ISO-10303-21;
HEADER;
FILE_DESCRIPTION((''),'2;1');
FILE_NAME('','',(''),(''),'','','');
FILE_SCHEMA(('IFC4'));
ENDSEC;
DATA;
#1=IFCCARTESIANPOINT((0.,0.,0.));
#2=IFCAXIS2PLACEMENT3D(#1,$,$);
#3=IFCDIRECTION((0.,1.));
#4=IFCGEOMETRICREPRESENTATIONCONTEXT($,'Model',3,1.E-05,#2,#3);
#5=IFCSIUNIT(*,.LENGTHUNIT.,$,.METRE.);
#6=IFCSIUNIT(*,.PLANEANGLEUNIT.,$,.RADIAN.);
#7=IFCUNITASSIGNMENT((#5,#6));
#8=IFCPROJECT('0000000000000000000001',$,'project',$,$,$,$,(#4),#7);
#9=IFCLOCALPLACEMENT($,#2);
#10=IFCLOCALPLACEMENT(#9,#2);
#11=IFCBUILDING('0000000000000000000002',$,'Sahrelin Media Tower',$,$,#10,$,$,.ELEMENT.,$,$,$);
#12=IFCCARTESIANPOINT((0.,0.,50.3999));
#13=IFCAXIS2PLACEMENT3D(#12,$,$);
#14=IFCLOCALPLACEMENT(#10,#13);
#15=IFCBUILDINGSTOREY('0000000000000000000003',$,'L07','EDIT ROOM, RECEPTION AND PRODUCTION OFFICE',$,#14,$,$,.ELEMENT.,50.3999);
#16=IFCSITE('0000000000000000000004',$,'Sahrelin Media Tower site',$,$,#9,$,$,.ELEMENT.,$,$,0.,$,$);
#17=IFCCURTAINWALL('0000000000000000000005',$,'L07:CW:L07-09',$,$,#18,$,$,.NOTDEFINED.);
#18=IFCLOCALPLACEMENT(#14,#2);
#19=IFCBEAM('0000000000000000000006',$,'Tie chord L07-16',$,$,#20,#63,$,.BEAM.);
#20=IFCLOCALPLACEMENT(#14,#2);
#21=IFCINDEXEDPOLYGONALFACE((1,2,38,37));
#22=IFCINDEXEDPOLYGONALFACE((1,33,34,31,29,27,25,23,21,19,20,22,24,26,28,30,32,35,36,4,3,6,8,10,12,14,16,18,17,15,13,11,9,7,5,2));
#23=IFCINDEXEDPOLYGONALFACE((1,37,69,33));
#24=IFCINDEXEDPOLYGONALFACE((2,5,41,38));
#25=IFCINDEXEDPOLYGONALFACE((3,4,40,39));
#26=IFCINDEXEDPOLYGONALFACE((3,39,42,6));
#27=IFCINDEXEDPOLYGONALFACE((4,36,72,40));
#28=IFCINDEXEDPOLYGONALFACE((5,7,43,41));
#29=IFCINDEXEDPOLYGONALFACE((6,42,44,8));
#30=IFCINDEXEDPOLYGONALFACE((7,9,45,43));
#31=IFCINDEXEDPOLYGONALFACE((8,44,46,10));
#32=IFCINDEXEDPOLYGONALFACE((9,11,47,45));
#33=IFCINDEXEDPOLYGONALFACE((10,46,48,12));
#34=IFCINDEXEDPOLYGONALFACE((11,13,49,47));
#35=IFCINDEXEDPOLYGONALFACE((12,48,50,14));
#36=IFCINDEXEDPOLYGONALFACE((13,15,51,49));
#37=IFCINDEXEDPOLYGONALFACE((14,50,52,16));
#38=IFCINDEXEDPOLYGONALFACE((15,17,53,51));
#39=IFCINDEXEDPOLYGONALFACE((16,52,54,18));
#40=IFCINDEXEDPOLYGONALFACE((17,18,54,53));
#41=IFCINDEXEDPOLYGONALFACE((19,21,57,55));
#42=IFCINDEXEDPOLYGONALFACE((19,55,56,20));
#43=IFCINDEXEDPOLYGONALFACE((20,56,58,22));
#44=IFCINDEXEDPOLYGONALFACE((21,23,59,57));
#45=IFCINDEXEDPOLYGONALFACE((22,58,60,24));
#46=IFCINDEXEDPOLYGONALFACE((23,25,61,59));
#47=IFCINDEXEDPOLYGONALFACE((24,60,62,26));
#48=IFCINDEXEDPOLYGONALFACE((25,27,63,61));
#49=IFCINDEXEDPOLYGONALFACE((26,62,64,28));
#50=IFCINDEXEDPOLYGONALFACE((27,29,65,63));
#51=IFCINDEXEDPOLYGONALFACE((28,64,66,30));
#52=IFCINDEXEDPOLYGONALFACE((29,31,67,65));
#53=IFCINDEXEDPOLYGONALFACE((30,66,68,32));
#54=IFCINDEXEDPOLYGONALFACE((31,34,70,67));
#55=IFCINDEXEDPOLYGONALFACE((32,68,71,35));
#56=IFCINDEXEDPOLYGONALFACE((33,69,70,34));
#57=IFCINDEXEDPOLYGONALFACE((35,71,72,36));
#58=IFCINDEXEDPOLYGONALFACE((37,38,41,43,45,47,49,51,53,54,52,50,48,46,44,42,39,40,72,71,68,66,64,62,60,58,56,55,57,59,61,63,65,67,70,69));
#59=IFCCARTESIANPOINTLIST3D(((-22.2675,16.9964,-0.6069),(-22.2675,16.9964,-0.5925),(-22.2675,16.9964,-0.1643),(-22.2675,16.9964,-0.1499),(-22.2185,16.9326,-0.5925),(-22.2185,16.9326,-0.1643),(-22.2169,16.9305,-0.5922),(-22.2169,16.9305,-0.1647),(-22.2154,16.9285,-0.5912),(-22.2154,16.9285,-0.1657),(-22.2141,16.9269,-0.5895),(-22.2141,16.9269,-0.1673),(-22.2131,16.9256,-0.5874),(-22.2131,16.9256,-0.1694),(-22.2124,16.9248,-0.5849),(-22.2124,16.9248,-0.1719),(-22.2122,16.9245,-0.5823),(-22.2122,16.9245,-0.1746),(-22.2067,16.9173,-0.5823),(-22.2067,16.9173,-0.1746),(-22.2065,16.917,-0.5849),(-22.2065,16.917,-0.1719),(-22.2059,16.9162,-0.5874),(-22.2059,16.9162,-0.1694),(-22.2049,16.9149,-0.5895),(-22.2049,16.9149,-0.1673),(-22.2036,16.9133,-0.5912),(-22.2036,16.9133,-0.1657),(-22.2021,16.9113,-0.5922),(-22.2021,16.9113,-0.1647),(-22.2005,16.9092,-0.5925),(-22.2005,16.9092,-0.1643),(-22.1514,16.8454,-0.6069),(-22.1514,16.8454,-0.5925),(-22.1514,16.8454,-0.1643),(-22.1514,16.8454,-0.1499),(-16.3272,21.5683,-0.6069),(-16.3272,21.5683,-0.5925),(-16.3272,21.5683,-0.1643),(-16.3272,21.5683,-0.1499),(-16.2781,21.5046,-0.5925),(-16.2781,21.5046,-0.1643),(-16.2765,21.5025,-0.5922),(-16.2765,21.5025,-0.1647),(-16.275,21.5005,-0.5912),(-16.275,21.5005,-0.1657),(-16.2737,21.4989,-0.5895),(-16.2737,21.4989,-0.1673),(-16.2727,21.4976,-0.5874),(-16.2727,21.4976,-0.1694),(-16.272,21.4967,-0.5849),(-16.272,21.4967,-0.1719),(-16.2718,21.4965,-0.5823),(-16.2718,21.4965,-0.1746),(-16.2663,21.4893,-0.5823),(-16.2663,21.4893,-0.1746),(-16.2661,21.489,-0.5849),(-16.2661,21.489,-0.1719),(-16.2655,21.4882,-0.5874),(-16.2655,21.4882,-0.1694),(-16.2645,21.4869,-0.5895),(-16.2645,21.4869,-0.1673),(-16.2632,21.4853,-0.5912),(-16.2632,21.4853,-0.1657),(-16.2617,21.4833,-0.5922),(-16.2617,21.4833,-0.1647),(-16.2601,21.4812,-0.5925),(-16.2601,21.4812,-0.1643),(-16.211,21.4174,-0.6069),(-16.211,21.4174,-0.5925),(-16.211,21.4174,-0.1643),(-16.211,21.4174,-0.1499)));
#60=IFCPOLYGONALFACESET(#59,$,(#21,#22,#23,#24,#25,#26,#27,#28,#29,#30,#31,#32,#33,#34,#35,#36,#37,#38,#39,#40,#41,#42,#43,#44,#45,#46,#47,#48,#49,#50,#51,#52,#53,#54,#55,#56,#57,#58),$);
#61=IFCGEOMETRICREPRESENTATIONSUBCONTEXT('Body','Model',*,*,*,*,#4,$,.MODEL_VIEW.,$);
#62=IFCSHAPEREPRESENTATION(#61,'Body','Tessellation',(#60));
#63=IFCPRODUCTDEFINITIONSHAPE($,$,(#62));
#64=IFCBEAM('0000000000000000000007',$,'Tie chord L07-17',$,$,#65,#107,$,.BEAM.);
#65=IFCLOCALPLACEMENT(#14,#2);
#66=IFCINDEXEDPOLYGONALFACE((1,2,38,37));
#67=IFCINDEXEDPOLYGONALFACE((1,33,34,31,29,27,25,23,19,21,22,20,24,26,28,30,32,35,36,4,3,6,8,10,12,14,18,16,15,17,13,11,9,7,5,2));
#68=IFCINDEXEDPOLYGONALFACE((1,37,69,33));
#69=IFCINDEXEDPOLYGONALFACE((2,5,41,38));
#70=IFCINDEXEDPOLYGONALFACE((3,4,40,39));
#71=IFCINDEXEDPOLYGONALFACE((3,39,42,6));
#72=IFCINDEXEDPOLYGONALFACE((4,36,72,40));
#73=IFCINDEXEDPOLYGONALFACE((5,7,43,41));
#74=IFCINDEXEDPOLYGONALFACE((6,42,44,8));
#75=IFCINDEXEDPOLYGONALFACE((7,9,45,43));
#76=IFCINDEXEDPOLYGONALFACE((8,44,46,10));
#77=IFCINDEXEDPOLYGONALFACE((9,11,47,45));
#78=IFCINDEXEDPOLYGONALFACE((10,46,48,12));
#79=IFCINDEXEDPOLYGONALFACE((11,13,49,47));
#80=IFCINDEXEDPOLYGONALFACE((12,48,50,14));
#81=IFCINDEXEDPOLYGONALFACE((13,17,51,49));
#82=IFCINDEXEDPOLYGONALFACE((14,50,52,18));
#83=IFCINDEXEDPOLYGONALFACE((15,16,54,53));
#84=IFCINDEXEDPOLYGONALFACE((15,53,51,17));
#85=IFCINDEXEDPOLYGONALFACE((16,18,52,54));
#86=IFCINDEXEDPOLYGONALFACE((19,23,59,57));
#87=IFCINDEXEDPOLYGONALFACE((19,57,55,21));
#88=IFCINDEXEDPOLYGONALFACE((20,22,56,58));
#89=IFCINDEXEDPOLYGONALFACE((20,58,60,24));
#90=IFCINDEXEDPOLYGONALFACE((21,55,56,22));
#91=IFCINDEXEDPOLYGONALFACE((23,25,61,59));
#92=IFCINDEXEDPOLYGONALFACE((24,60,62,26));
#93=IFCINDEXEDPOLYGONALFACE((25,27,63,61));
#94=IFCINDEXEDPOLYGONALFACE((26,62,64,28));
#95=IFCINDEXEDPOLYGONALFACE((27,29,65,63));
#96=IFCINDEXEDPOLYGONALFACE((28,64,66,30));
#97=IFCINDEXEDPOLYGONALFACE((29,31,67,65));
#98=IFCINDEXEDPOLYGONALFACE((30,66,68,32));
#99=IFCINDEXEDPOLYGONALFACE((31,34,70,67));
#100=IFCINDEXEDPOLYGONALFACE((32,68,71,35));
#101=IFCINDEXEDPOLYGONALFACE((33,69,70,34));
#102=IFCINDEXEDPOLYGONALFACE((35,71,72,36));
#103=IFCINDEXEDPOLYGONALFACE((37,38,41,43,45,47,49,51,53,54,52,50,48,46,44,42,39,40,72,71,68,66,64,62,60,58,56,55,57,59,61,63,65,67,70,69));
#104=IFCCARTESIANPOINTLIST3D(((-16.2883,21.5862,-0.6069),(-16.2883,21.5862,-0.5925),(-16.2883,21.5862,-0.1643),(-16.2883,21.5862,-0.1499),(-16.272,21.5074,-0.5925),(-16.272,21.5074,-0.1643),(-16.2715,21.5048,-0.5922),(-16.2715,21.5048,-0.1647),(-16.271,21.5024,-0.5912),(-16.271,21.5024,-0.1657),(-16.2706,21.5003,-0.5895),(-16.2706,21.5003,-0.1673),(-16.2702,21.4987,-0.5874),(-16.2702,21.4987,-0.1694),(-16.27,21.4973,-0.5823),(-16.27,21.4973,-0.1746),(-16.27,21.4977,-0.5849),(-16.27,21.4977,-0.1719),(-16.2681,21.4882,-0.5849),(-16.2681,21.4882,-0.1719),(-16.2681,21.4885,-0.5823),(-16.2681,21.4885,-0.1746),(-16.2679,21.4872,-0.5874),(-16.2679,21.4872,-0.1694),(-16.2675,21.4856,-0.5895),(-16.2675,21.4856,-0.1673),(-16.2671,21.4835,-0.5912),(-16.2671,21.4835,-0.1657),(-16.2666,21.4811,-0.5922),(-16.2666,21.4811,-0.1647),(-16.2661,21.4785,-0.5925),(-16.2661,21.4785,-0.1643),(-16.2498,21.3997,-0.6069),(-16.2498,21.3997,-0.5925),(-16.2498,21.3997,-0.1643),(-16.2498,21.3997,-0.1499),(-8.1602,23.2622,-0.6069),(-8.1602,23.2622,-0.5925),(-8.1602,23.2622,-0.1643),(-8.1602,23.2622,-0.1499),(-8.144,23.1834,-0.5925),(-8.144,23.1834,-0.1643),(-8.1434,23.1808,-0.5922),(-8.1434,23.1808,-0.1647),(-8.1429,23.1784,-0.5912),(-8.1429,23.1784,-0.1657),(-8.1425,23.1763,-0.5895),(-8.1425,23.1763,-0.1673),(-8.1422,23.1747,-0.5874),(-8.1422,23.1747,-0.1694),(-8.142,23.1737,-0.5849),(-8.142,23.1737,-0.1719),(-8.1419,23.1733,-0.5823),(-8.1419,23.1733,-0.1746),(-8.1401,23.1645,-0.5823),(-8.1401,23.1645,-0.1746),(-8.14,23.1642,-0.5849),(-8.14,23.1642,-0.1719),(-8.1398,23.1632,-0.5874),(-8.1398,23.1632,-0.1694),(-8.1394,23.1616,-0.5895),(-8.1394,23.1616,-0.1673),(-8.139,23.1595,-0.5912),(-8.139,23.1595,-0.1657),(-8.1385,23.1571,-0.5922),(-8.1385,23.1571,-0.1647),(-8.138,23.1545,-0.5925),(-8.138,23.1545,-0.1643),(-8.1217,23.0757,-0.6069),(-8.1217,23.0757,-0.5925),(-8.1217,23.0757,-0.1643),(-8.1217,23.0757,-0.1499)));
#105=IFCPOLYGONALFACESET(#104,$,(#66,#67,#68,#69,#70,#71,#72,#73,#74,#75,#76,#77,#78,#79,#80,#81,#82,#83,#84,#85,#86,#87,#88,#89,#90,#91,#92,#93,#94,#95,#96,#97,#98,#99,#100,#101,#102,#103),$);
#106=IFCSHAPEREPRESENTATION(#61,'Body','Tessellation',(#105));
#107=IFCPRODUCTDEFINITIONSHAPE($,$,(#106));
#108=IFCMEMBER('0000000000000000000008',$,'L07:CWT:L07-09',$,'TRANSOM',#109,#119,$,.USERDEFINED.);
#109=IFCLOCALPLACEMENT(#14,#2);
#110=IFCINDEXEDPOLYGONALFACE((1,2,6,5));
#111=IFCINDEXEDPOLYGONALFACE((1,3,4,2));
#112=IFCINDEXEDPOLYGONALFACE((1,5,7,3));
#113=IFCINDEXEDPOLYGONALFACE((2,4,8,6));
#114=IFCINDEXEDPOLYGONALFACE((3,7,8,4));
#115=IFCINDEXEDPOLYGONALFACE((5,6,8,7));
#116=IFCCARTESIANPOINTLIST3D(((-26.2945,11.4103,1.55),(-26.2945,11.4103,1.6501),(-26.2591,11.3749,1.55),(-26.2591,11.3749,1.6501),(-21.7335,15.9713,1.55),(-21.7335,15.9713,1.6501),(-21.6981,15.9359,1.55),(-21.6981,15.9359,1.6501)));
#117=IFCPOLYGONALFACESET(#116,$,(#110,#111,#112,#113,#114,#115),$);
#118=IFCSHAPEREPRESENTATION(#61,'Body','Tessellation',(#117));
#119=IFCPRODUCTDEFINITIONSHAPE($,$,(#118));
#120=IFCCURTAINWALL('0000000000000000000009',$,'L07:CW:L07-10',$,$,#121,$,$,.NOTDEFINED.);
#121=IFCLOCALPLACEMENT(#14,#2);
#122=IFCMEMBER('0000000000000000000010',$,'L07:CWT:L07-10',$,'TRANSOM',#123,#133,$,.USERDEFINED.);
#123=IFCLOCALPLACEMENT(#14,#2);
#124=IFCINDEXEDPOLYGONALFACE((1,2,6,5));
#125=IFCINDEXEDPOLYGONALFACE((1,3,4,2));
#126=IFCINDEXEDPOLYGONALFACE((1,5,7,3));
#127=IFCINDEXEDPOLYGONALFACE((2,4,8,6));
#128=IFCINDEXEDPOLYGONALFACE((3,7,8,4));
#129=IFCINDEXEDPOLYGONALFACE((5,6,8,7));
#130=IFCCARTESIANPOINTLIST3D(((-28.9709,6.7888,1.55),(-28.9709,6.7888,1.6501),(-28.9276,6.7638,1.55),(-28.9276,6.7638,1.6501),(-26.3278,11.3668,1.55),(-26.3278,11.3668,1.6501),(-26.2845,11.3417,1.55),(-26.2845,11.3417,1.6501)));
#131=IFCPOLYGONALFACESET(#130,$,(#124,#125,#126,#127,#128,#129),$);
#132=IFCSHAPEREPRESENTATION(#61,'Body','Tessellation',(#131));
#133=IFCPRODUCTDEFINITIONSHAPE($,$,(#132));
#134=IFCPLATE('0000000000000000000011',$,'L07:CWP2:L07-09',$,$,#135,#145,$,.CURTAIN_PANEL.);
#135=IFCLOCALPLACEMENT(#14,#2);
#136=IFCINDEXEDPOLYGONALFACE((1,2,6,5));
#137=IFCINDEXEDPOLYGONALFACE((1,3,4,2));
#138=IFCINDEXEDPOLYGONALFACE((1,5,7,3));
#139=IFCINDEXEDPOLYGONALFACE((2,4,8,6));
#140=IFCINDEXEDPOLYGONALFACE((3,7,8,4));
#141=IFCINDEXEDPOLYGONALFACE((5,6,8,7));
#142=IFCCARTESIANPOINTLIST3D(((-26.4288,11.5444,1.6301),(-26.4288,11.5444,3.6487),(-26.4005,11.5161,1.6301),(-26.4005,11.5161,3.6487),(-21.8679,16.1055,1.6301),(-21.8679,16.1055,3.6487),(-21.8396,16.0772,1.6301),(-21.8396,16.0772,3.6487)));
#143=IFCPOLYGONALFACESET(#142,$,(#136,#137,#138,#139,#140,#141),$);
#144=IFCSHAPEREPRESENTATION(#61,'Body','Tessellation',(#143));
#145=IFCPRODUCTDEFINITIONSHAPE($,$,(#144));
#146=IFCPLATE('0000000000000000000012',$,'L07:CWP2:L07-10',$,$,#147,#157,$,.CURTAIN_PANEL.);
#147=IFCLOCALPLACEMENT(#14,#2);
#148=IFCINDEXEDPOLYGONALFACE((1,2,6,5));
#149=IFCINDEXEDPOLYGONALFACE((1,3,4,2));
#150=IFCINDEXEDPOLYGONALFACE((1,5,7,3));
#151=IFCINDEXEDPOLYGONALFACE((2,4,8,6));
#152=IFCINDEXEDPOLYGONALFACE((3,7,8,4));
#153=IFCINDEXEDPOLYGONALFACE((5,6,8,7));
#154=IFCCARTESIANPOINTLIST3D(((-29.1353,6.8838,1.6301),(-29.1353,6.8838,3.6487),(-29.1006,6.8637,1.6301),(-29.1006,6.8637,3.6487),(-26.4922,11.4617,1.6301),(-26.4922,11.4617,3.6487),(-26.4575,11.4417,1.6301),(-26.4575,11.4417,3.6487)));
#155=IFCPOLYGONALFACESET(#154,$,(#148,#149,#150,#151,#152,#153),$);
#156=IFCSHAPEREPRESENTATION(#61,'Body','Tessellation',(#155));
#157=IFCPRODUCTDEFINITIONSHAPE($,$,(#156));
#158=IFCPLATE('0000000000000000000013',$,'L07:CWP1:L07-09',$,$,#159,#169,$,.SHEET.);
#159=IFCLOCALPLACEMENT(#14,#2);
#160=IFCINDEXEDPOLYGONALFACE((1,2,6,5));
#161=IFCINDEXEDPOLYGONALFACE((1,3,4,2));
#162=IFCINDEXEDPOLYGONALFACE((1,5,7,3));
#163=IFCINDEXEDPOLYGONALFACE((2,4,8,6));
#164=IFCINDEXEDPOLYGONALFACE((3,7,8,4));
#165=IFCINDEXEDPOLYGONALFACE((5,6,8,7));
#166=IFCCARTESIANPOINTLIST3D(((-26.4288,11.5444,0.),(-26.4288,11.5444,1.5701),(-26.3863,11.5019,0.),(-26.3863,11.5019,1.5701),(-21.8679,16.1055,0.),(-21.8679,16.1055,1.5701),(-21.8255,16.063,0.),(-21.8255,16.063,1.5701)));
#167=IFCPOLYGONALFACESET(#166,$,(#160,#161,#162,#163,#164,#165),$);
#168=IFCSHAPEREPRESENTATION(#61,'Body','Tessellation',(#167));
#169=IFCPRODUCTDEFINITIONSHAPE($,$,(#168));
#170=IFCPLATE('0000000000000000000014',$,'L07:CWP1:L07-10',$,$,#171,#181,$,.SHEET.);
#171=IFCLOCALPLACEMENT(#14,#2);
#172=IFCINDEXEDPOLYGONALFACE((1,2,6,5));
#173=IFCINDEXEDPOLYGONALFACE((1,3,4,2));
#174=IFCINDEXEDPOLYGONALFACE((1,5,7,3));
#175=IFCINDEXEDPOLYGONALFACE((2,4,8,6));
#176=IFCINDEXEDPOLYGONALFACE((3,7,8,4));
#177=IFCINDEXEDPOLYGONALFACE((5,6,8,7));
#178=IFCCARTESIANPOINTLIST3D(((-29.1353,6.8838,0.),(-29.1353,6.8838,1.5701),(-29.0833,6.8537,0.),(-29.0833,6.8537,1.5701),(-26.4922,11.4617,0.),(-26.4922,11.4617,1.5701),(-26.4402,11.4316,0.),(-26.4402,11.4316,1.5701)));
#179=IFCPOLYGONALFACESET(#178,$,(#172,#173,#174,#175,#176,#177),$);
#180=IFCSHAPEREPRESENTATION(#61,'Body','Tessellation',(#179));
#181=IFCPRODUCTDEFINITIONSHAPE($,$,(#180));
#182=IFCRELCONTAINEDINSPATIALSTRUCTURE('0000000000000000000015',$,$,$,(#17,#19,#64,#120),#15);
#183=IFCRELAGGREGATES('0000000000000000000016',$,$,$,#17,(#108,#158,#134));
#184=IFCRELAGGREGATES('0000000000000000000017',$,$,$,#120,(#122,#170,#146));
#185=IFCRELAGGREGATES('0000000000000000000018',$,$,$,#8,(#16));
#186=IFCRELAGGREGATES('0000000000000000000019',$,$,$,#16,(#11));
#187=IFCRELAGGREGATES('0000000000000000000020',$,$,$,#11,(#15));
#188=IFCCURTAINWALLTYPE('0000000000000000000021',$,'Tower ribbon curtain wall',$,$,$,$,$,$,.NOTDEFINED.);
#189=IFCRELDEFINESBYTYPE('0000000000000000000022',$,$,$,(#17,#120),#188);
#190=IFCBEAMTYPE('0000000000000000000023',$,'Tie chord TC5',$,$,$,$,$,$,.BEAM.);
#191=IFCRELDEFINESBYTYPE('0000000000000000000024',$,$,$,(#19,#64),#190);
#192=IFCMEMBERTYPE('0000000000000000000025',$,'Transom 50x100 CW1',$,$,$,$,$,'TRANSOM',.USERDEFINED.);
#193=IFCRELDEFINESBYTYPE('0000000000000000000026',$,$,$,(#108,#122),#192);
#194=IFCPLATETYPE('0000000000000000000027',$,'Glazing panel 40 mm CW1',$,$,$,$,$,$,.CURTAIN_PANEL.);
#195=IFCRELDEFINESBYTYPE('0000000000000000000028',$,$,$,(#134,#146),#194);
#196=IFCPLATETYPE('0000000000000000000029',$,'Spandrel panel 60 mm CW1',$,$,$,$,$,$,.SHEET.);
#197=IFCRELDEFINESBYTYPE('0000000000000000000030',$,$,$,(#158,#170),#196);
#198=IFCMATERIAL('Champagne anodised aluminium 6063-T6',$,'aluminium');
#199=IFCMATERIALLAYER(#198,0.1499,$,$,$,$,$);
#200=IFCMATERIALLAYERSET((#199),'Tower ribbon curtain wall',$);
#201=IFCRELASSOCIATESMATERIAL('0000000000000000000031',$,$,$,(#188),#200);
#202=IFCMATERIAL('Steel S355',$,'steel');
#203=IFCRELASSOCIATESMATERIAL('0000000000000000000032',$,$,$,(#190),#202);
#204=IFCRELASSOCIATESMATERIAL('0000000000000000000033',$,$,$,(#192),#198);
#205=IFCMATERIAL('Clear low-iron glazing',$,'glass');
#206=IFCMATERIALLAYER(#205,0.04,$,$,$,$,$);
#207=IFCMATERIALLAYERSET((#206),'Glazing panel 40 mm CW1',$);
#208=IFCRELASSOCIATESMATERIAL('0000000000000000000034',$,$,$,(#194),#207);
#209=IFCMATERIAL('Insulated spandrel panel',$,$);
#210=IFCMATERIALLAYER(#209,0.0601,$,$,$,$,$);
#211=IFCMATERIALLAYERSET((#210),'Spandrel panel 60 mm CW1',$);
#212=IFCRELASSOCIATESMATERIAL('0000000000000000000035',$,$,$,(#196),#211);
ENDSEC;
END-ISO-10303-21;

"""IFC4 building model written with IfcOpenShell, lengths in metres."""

from ifc_helpers import new_model, si_unit, direction, frame, origin, origin_2d, place, context, subcontext, project, spatial, polyline, rectangle, i_section, outline, extrude, material, layer, layer_set, material_profile, profile_set, type_object, element, aggregate, save


model = new_model("IFC4")

# Units and contexts
model_context = context("Model", 3, precision=1e-05, world=origin(), true_north=direction((0.0, 1.0)))
body_context = subcontext(model_context, "Body", "Model", "MODEL_VIEW")
ifc_project = project(units=[si_unit("LENGTHUNIT", "METRE"), si_unit("PLANEANGLEUNIT", "RADIAN")], contexts=[model_context])

# Site, building, storey
site_placement = place(None, origin())
site = spatial("IfcSite", under=ifc_project, at=site_placement, Name="Sahrelin Media Tower site", CompositionType="ELEMENT", RefElevation=0.0)
building_placement = place(site_placement, origin())
building = spatial("IfcBuilding", under=site, at=building_placement, Name="Sahrelin Media Tower", CompositionType="ELEMENT")
storey_placement = place(building_placement, frame((0.0, 0.0, 50.3999)))
storey = spatial("IfcBuildingStorey", under=building, at=storey_placement, Name="L07", Description="EDIT ROOM, RECEPTION AND PRODUCTION OFFICE", CompositionType="ELEMENT", Elevation=50.3999)

# Shared definitions
ifc_material_1 = material(Name="Steel S355", Category="steel")

# Curtain wall
ifc_material_2 = material(Name="Champagne anodised aluminium 6063-T6", Category="aluminium")
ifc_layer_1 = layer(ifc_material_2, 0.1499)
ifc_layer_set_1 = layer_set([ifc_layer_1], Name="Tower ribbon curtain wall")
curtain_wall_type = type_object("IfcCurtainWallType", Name="Tower ribbon curtain wall", PredefinedType="NOTDEFINED", material=ifc_layer_set_1)
curtain_wall_1_placement = place(storey_placement, frame((-24.134, 13.8108, 0.0), z_axis=(0.0, 0.0, 1.0), x_axis=(1.0, 0.0, 0.0)))
curtain_wall_1 = element("IfcCurtainWall", 1, at=curtain_wall_1_placement, inside=storey, type_object=curtain_wall_type, Name="L07:CW:L07-09", PredefinedType="NOTDEFINED")

# Beams
ifc_material_profile_1 = material_profile(ifc_material_1, i_section(OverallWidth=0.1904, OverallDepth=0.457, WebThickness=0.009, FlangeThickness=0.0144, FilletRadius=0.0103, at=origin_2d()), Name="UB 457x191x74")
ifc_profile_set_1 = profile_set([ifc_material_profile_1], Name="Steel S355")
beam_type_1 = type_object("IfcBeamType", Name="Tie chord TC5", PredefinedType="BEAM", material=ifc_profile_set_1)
beam_1_placement = place(storey_placement, frame((-22.2095, 16.9209, -0.3784), z_axis=(0.792465, 0.609917, 0.0), x_axis=(-0.609917, 0.792465, 0.0)))
element("IfcBeam", 2, at=beam_1_placement, inside=storey, type_object=beam_type_1, Name="Tie chord L07-16", PredefinedType="BEAM", context=body_context, shape_type="SweptSolid", body=[
    extrude(i_section(OverallWidth=0.1904, OverallDepth=0.457, WebThickness=0.009, FlangeThickness=0.0144, FilletRadius=0.0103, at=origin_2d()), origin(), (0.0, 0.0, 1.0), 7.4961),
])
beam_2_placement = place(storey_placement, frame((-16.269, 21.4929, -0.3784), z_axis=(0.979396, 0.201951, 0.0), x_axis=(-0.201951, 0.979396, 0.0)))
element("IfcBeam", 3, at=beam_2_placement, inside=storey, type_object=beam_type_1, Name="Tie chord L07-17", PredefinedType="BEAM", context=body_context, shape_type="SweptSolid", body=[
    extrude(i_section(OverallWidth=0.1904, OverallDepth=0.457, WebThickness=0.009, FlangeThickness=0.0144, FilletRadius=0.0103, at=origin_2d()), origin(), (0.0, 0.0, 1.0), 8.2991),
])

# Member
ifc_material_profile_2 = material_profile(ifc_material_2, rectangle(XDim=0.05, YDim=0.1001, at=origin_2d()), Name="Transom 50x100")
ifc_profile_set_2 = profile_set([ifc_material_profile_2], Name="Champagne anodised aluminium 6063-T6")
member_type_1 = type_object("IfcMemberType", Name="Transom 50x100 CW1", ElementType="TRANSOM", PredefinedType="USERDEFINED", material=ifc_profile_set_2)
member_1_placement = place(storey_placement, frame((-21.7158, 15.9536, 1.6001), z_axis=(-0.707107, -0.707107, 0.0), x_axis=(0.707107, -0.707107, 0.0)))
member_1 = element("IfcMember", 4, at=member_1_placement, type_object=member_type_1, Name="L07:CWT:L07-09", ObjectType="TRANSOM", PredefinedType="USERDEFINED", context=body_context, shape_type="SweptSolid", body=[
    extrude(rectangle(XDim=0.05, YDim=0.1001, at=origin_2d()), origin(), (0.0, 0.0, 1.0), 6.4502),
])

# Curtain wall, member
curtain_wall_2_placement = place(storey_placement, frame((-27.7964, 9.1628, 0.0), z_axis=(0.0, 0.0, 1.0), x_axis=(1.0, 0.0, 0.0)))
curtain_wall_2 = element("IfcCurtainWall", 5, at=curtain_wall_2_placement, inside=storey, type_object=curtain_wall_type, Name="L07:CW:L07-10", PredefinedType="NOTDEFINED")
member_2_placement = place(storey_placement, frame((-26.3062, 11.3542, 1.6001), z_axis=(-0.500004, -0.866023, 0.0), x_axis=(0.866023, -0.500004, 0.0)))
member_2 = element("IfcMember", 6, at=member_2_placement, type_object=member_type_1, Name="L07:CWT:L07-10", ObjectType="TRANSOM", PredefinedType="USERDEFINED", context=body_context, shape_type="SweptSolid", body=[
    extrude(rectangle(XDim=0.05, YDim=0.1001, at=origin_2d()), origin(), (0.0, 0.0, 1.0), 5.2861),
])

# Plates
ifc_material_3 = material(Name="Clear low-iron glazing", Category="glass")
ifc_layer_2 = layer(ifc_material_3, 0.04)
ifc_layer_set_2 = layer_set([ifc_layer_2], Name="Glazing panel 40 mm CW1")
plate_type_1 = type_object("IfcPlateType", Name="Glazing panel 40 mm CW1", PredefinedType="CURTAIN_PANEL", material=ifc_layer_set_2)
plate_1_placement = place(storey_placement, frame((-21.8679, 16.1055, 1.6301), z_axis=(-0.707126, 0.707088, 0.0), x_axis=(-0.707088, -0.707126, 0.0)))
plate_1 = element("IfcPlate", 7, at=plate_1_placement, type_object=plate_type_1, Name="L07:CWP2:L07-09", PredefinedType="CURTAIN_PANEL", context=body_context, shape_type="SweptSolid", body=[
    extrude(outline(polyline([(0.0, 0.0), (6.4502, 0.0), (6.4502, 2.0186), (0.0, 2.0186), (0.0, 0.0)])), origin(), (0.0, 0.0, -1.0), 0.04),
])
plate_2_placement = place(storey_placement, frame((-26.4922, 11.4617, 1.6301), z_axis=(-0.866023, 0.500004, 0.0), x_axis=(-0.500004, -0.866023, 0.0)))
plate_2 = element("IfcPlate", 8, at=plate_2_placement, type_object=plate_type_1, Name="L07:CWP2:L07-10", PredefinedType="CURTAIN_PANEL", context=body_context, shape_type="SweptSolid", body=[
    extrude(outline(polyline([(0.0, 0.0), (5.2861, 0.0), (5.2861, 2.0186), (0.0, 2.0186), (0.0, 0.0)])), origin(), (0.0, 0.0, -1.0), 0.04),
])
ifc_material_4 = material(Name="Insulated spandrel panel")
ifc_layer_3 = layer(ifc_material_4, 0.0601)
ifc_layer_set_3 = layer_set([ifc_layer_3], Name="Spandrel panel 60 mm CW1")
plate_type_2 = type_object("IfcPlateType", Name="Spandrel panel 60 mm CW1", PredefinedType="SHEET", material=ifc_layer_set_3)
plate_3_placement = place(storey_placement, frame((-21.8679, 16.1055, 0.0), z_axis=(-0.707126, 0.707088, 0.0), x_axis=(-0.707088, -0.707126, 0.0)))
plate_3 = element("IfcPlate", 9, at=plate_3_placement, type_object=plate_type_2, Name="L07:CWP1:L07-09", PredefinedType="SHEET", context=body_context, shape_type="SweptSolid", body=[
    extrude(outline(polyline([(0.0, 0.0), (6.4502, 0.0), (6.4502, 1.5701), (0.0, 1.5701), (0.0, 0.0)])), origin(), (0.0, 0.0, -1.0), 0.0601),
])
aggregate(curtain_wall_1, [member_1, plate_3, plate_1])
plate_4_placement = place(storey_placement, frame((-26.4922, 11.4617, 0.0), z_axis=(-0.866023, 0.500004, 0.0), x_axis=(-0.500004, -0.866023, 0.0)))
plate_4 = element("IfcPlate", 10, at=plate_4_placement, type_object=plate_type_2, Name="L07:CWP1:L07-10", PredefinedType="SHEET", context=body_context, shape_type="SweptSolid", body=[
    extrude(outline(polyline([(0.0, 0.0), (5.2861, 0.0), (5.2861, 1.5701), (0.0, 1.5701), (0.0, 0.0)])), origin(), (0.0, 0.0, -1.0), 0.0601),
])
aggregate(curtain_wall_2, [member_2, plate_4, plate_2])

save(model, "model.ifc")
